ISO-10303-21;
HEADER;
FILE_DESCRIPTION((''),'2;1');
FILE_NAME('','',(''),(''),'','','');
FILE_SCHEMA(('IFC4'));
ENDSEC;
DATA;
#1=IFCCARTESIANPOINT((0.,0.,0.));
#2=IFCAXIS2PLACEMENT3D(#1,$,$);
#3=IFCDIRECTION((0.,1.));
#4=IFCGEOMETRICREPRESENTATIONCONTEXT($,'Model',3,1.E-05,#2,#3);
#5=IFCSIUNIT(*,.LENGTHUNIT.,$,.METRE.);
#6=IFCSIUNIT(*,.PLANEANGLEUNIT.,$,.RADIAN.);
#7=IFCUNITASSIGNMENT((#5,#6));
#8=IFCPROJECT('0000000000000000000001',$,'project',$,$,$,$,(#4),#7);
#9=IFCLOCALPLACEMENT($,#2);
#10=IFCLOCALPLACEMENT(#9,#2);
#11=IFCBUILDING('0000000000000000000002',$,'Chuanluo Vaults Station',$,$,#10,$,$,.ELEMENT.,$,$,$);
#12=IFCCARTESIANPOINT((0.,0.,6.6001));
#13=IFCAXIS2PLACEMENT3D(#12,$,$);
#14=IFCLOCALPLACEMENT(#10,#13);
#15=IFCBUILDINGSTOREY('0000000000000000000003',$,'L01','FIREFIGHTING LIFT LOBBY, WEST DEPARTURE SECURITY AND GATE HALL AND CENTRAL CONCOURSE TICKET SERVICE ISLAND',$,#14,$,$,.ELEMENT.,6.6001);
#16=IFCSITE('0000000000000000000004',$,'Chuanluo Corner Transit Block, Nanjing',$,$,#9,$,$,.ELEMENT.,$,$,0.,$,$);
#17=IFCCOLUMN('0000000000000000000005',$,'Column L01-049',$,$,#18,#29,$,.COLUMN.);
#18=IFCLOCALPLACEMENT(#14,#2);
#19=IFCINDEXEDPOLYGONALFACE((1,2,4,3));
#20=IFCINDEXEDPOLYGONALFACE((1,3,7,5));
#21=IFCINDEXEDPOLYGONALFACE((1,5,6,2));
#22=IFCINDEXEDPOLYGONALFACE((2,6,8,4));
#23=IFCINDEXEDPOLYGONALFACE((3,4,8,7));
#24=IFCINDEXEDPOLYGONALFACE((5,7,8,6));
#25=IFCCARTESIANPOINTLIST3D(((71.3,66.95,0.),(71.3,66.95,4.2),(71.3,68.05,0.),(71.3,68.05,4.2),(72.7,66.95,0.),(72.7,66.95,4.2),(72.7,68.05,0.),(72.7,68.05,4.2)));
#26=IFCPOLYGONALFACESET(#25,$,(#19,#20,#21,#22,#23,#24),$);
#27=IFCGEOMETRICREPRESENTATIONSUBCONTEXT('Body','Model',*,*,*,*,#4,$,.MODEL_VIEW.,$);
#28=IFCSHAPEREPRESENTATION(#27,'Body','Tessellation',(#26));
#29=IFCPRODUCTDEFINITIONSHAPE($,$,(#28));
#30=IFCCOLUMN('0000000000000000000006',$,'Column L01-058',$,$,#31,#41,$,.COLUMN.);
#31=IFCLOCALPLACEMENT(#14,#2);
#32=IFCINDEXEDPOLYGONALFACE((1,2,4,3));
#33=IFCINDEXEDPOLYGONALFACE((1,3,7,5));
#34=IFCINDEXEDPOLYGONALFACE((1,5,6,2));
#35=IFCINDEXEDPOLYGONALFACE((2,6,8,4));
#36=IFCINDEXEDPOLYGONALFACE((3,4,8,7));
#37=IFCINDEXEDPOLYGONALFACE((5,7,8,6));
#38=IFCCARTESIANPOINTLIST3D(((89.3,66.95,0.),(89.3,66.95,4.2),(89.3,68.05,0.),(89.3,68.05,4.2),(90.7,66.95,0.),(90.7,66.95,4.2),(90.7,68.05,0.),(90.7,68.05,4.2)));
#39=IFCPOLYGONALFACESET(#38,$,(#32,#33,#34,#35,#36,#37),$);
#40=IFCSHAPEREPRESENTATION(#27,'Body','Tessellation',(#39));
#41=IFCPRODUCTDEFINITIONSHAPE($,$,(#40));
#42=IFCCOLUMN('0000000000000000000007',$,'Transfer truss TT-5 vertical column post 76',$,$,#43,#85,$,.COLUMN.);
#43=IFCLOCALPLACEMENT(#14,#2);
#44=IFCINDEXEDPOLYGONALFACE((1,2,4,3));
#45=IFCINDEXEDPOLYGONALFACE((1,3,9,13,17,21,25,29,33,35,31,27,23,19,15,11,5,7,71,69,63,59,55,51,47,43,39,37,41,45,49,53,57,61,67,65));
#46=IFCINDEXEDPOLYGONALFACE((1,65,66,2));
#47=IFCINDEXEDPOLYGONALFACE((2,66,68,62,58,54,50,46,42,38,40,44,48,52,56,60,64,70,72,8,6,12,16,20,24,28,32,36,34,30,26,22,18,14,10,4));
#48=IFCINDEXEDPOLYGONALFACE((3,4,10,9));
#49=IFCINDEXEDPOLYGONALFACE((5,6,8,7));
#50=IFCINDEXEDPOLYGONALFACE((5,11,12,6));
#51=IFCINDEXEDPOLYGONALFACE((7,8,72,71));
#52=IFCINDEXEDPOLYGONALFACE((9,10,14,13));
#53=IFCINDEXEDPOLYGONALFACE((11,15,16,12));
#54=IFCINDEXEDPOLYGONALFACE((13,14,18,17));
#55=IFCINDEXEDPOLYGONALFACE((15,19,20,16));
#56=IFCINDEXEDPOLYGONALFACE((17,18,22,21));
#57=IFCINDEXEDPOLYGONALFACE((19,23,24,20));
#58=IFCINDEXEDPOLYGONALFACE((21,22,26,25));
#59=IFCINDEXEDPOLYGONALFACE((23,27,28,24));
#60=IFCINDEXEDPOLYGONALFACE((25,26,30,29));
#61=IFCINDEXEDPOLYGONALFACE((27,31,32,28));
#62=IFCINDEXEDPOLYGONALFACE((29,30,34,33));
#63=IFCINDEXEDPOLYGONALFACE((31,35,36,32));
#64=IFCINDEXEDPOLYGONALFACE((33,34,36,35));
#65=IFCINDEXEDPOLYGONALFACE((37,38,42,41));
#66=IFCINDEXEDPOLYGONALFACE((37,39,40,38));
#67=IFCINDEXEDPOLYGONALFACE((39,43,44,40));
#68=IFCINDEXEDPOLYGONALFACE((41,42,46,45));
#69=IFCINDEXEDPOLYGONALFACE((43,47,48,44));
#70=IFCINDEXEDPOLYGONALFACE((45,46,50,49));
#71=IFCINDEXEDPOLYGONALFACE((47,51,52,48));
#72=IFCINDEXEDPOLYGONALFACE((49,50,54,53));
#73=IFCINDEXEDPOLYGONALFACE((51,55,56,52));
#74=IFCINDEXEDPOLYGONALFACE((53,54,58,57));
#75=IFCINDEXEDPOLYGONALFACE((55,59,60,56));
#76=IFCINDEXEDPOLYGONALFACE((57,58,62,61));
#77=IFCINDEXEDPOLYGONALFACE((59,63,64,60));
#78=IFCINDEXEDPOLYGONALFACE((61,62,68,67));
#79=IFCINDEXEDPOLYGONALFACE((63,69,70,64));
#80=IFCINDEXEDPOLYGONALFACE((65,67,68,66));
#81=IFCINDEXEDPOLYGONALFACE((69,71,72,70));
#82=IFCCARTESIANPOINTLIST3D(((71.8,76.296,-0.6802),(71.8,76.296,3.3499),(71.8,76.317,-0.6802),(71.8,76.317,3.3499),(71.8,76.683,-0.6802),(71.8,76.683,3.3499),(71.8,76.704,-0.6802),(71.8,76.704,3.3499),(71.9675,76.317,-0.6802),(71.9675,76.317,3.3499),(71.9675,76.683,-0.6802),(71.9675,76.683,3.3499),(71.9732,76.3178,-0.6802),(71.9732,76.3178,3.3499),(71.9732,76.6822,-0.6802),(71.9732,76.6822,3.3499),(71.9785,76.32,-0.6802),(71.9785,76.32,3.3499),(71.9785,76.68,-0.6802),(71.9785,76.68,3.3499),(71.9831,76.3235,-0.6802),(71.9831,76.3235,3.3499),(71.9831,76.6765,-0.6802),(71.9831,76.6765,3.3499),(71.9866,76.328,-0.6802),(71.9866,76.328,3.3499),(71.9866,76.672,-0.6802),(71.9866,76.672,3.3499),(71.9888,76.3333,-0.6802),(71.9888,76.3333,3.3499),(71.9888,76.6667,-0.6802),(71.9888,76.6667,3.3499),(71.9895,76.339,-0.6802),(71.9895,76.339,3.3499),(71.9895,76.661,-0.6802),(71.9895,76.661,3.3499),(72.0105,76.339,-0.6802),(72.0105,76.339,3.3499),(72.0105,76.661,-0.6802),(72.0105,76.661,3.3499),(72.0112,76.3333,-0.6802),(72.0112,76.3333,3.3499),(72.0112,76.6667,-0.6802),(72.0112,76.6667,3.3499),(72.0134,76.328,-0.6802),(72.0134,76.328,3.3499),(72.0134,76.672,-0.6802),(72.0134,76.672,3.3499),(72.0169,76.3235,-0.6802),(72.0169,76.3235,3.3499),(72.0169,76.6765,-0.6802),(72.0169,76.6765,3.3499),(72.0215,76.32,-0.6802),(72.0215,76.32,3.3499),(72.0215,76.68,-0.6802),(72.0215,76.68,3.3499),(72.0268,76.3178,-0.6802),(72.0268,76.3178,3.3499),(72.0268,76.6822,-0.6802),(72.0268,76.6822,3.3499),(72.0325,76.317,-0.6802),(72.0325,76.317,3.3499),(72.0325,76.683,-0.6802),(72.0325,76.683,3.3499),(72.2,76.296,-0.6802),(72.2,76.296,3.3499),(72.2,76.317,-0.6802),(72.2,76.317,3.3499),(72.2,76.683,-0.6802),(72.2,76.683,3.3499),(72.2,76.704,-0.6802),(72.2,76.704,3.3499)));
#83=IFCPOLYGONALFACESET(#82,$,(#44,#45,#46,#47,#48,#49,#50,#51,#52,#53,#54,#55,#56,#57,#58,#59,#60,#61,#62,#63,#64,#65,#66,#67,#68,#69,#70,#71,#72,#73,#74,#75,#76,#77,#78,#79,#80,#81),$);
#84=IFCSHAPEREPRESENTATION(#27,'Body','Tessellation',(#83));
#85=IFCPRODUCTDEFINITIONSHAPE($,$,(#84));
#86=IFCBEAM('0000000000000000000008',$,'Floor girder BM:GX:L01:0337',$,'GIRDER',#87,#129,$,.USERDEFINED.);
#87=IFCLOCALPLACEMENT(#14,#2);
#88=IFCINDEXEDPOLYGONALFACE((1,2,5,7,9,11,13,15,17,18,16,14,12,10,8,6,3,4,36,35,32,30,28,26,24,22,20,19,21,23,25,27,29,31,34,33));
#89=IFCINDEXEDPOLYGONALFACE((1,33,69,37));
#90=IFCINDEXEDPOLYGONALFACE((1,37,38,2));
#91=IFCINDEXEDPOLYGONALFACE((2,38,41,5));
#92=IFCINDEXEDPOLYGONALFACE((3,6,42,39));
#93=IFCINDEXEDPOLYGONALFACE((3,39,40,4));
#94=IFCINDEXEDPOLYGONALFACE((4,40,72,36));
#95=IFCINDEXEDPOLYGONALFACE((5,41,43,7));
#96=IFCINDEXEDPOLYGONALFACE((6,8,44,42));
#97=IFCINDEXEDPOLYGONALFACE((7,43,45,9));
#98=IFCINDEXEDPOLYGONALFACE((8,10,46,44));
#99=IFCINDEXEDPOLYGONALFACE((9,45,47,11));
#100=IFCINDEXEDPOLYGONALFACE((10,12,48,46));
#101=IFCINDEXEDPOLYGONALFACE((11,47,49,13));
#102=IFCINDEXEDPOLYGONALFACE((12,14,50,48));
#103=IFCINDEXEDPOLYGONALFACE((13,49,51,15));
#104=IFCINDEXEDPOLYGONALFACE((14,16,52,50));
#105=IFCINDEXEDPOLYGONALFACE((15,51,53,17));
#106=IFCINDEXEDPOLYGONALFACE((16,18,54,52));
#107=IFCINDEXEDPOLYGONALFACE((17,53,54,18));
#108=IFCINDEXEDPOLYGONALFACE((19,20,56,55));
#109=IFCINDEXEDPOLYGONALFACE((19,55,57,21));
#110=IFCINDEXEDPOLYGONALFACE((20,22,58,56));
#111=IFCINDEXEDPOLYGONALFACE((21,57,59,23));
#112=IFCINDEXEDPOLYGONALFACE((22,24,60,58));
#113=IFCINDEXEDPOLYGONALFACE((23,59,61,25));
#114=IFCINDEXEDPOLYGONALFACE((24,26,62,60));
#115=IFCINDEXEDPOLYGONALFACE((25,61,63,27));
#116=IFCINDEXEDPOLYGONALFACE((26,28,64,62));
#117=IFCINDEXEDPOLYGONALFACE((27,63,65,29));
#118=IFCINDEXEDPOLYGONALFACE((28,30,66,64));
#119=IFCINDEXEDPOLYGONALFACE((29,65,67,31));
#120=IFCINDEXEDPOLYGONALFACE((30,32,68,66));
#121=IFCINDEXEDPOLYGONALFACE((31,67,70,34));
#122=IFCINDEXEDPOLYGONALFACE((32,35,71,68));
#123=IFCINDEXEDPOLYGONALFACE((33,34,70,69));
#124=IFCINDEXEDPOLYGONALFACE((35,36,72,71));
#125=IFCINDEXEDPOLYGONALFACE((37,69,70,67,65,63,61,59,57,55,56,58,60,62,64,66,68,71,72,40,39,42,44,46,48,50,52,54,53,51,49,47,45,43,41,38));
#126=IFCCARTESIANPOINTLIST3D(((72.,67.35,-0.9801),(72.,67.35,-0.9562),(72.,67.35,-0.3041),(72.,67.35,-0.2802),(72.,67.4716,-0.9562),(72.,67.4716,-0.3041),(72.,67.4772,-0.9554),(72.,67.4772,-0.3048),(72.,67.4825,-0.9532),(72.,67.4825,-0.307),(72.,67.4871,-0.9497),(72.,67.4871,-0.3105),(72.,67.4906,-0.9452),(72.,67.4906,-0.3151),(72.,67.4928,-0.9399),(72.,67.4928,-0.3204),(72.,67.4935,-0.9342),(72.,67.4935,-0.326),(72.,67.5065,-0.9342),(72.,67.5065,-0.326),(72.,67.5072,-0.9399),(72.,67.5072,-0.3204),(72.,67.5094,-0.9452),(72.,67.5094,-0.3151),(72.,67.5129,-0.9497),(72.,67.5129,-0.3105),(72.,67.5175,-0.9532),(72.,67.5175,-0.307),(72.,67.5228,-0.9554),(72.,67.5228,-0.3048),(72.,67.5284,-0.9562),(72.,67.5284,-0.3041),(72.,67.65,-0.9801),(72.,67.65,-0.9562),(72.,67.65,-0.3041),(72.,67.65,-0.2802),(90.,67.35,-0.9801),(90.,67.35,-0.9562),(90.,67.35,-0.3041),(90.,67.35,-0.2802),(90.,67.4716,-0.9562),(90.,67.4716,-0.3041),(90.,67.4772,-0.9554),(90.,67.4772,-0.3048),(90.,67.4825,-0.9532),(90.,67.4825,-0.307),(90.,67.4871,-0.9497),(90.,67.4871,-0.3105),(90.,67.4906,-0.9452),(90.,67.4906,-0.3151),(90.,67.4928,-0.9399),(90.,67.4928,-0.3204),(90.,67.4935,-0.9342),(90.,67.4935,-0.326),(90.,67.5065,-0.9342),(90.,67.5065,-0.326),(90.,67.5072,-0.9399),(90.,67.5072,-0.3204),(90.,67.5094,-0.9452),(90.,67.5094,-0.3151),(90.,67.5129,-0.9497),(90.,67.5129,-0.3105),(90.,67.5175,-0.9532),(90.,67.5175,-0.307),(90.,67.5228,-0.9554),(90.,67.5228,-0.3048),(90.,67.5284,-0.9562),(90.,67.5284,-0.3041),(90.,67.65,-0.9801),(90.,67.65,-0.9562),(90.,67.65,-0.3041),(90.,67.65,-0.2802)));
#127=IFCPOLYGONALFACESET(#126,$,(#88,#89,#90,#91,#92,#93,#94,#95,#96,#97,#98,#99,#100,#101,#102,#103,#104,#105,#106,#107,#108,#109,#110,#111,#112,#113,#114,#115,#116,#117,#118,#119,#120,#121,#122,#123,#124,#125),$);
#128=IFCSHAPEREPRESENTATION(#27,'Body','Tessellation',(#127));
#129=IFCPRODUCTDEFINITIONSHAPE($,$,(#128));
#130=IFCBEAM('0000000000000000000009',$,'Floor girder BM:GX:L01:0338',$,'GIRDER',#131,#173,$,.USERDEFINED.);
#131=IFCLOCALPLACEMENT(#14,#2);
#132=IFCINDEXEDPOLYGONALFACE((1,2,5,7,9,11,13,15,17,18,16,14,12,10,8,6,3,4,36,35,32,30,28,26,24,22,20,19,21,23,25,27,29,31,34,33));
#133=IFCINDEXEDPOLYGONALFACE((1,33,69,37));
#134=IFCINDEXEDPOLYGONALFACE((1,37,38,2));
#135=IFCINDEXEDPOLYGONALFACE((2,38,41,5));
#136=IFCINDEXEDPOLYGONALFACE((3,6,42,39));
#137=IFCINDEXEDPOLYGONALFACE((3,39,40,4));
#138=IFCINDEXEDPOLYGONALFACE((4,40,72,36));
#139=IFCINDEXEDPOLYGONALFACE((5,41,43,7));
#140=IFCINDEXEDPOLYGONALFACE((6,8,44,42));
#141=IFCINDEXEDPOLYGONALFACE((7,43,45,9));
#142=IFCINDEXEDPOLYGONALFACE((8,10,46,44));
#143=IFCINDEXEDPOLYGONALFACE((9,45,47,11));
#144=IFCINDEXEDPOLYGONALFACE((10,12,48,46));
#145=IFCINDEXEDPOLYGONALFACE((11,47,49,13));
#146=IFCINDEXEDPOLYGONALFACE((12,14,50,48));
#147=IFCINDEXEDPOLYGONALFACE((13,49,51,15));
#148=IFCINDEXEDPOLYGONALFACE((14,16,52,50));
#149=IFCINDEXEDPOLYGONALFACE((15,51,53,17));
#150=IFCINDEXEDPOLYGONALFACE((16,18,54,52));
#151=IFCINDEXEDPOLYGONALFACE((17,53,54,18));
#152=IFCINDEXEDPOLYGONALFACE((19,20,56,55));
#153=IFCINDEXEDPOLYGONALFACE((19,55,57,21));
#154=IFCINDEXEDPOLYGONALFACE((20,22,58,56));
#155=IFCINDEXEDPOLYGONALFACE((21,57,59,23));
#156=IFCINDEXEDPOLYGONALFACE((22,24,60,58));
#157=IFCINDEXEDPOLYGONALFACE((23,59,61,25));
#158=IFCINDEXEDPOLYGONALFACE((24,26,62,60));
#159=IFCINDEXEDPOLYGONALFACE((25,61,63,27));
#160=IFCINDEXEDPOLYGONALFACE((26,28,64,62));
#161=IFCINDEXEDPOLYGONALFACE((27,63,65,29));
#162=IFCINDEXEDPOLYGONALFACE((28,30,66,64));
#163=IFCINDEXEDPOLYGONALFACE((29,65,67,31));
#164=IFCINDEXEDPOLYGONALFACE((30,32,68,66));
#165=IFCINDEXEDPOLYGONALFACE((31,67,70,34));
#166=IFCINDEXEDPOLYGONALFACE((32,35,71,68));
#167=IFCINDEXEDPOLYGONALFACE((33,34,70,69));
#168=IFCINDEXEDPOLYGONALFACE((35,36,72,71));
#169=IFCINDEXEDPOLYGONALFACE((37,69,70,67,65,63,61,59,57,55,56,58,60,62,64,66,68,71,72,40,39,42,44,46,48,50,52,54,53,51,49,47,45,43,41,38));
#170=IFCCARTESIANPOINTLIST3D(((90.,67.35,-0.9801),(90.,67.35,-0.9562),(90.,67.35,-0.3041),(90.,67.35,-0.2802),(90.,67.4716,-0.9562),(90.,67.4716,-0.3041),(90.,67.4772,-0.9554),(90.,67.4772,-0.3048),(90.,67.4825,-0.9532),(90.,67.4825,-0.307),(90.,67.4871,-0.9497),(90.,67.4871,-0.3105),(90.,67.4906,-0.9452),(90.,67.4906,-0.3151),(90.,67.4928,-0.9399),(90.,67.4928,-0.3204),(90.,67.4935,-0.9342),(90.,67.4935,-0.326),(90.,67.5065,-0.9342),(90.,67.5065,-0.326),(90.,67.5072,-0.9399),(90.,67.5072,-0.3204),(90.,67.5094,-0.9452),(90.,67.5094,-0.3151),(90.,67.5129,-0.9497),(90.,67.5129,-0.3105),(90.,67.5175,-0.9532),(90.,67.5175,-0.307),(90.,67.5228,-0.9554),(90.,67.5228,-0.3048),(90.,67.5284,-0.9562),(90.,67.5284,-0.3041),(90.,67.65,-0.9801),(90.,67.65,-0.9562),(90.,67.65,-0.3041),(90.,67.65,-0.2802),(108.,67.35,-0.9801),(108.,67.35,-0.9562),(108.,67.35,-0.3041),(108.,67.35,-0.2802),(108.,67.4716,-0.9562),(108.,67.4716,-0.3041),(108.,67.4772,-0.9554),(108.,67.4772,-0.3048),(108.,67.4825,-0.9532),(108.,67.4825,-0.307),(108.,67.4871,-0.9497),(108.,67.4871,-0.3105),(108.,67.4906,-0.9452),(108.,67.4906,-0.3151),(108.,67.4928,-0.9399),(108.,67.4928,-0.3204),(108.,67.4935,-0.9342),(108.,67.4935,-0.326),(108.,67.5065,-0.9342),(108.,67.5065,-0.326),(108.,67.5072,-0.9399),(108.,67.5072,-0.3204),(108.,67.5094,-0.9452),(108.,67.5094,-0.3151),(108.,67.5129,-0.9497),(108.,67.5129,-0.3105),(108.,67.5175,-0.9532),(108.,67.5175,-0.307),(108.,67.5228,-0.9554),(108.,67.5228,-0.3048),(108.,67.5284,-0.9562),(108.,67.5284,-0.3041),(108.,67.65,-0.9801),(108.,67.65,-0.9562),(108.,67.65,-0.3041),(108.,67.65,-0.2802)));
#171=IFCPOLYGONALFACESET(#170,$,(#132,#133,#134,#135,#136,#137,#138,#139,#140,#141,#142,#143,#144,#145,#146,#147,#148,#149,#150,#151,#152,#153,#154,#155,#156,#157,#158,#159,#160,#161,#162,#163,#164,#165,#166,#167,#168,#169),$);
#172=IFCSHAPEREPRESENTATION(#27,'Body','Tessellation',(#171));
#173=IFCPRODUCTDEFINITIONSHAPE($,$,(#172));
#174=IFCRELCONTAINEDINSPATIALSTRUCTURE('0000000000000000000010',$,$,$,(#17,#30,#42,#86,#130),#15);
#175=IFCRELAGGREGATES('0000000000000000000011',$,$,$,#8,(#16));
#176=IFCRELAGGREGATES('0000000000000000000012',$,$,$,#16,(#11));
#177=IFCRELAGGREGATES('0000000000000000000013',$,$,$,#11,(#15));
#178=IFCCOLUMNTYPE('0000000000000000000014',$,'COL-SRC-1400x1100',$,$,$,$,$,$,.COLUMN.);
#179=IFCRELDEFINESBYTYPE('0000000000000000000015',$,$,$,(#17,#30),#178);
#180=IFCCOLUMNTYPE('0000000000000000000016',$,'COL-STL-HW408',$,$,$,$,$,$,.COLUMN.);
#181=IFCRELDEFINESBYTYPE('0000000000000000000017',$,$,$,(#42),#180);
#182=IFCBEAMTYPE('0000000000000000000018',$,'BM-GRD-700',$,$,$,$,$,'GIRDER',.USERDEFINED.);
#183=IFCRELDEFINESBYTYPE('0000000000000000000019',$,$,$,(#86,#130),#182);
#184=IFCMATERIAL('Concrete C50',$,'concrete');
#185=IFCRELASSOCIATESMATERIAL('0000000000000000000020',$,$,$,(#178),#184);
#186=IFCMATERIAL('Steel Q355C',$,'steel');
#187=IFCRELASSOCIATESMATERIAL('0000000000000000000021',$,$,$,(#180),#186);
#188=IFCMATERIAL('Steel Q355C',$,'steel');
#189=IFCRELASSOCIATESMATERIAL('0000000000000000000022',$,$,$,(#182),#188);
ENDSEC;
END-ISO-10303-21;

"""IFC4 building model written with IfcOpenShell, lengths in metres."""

from ifc_helpers import new_model, si_unit, direction, frame, origin, origin_2d, place, context, subcontext, project, spatial, rectangle, i_section, extrude, material, material_profile, profile_set, type_object, element, save


model = new_model("IFC4")

# Units and contexts
model_context = context("Model", 3, precision=1e-05, world=origin(), true_north=direction((0.0, 1.0)))
body_context = subcontext(model_context, "Body", "Model", "MODEL_VIEW")
ifc_project = project(units=[si_unit("LENGTHUNIT", "METRE"), si_unit("PLANEANGLEUNIT", "RADIAN")], contexts=[model_context])

# Site, building, storey
site_placement = place(None, origin())
site = spatial("IfcSite", under=ifc_project, at=site_placement, Name="Chuanluo Corner Transit Block, Nanjing", CompositionType="ELEMENT", RefElevation=0.0)
building_placement = place(site_placement, origin())
building = spatial("IfcBuilding", under=site, at=building_placement, Name="Chuanluo Vaults Station", CompositionType="ELEMENT")
storey_placement = place(building_placement, frame((0.0, 0.0, 6.6001)))
storey = spatial("IfcBuildingStorey", under=building, at=storey_placement, Name="L01", Description="FIREFIGHTING LIFT LOBBY, WEST DEPARTURE SECURITY AND GATE HALL AND CENTRAL CONCOURSE TICKET SERVICE ISLAND", CompositionType="ELEMENT", Elevation=6.6001)

# Columns
ifc_material_1 = material(Name="Concrete C50", Category="concrete")
ifc_material_profile_1 = material_profile(ifc_material_1, rectangle(XDim=1.3999, YDim=1.1001, at=origin_2d()))
ifc_profile_set_1 = profile_set([ifc_material_profile_1], Name="Concrete C50")
column_type_1 = type_object("IfcColumnType", Name="COL-SRC-1400x1100", PredefinedType="COLUMN", material=ifc_profile_set_1)
for number, where, z_axis, x_axis, name in (
    (1, (72.0, 67.5, 0.0), (0.0, 0.0, 1.0), (1.0, 0.0, 0.0), "Column L01-049"),
    (2, (90.0, 67.5, 0.0), (0.0, 0.0, 1.0), (1.0, 0.0, 0.0), "Column L01-058"),
):
    element("IfcColumn", number, at=place(storey_placement, frame(where, z_axis=z_axis, x_axis=x_axis)), inside=storey, type_object=column_type_1, Name=name, PredefinedType="COLUMN", context=body_context, shape_type="SweptSolid", body=[
        extrude(rectangle(XDim=1.3999, YDim=1.1001, at=origin_2d()), origin(), (0.0, 0.0, 1.0), 4.2),
    ])
ifc_material_2 = material(Name="Steel Q355C", Category="steel")
ifc_material_profile_2 = material_profile(ifc_material_2, i_section(OverallWidth=0.3999, OverallDepth=0.408, WebThickness=0.021, FlangeThickness=0.021, FilletRadius=0.022, at=origin_2d()))
ifc_profile_set_2 = profile_set([ifc_material_profile_2], Name="Steel Q355C")
column_type_2 = type_object("IfcColumnType", Name="COL-STL-HW408", PredefinedType="COLUMN", material=ifc_profile_set_2)
column_placement = place(storey_placement, frame((72.0, 76.5, -0.6802), z_axis=(0.0, 0.0, 1.0), x_axis=(1.0, 0.0, 0.0)))
element("IfcColumn", 3, at=column_placement, inside=storey, type_object=column_type_2, Name="Transfer truss TT-5 vertical column post 76", PredefinedType="COLUMN", context=body_context, shape_type="SweptSolid", body=[
    extrude(i_section(OverallWidth=0.3999, OverallDepth=0.408, WebThickness=0.021, FlangeThickness=0.021, FilletRadius=0.022, at=origin_2d()), origin(), (0.0, 0.0, 1.0), 4.03),
])

# Beams
ifc_material_3 = material(Name="Steel Q355C", Category="steel")
ifc_material_profile_3 = material_profile(ifc_material_3, i_section(OverallWidth=0.3, OverallDepth=0.7, WebThickness=0.0129, FlangeThickness=0.0239, FilletRadius=0.022, at=origin_2d()))
ifc_profile_set_3 = profile_set([ifc_material_profile_3], Name="Steel Q355C")
beam_type_1 = type_object("IfcBeamType", Name="BM-GRD-700", ElementType="GIRDER", PredefinedType="USERDEFINED", material=ifc_profile_set_3)
for number, where, z_axis, x_axis, name in (
    (4, (72.0, 67.5, -0.6301), (1.0, 0.0, 0.0), (0.0, 1.0, 0.0), "Floor girder BM:GX:L01:0337"),
    (5, (90.0, 67.5, -0.6301), (1.0, 0.0, 0.0), (0.0, 1.0, 0.0), "Floor girder BM:GX:L01:0338"),
):
    element("IfcBeam", number, at=place(storey_placement, frame(where, z_axis=z_axis, x_axis=x_axis)), inside=storey, type_object=beam_type_1, Name=name, ObjectType="GIRDER", PredefinedType="USERDEFINED", context=body_context, shape_type="SweptSolid", body=[
        extrude(i_section(OverallWidth=0.3, OverallDepth=0.7, WebThickness=0.0129, FlangeThickness=0.0239, FilletRadius=0.022, at=origin_2d()), origin(), (0.0, 0.0, 1.0), 18.0),
    ])

save(model, "model.ifc")
